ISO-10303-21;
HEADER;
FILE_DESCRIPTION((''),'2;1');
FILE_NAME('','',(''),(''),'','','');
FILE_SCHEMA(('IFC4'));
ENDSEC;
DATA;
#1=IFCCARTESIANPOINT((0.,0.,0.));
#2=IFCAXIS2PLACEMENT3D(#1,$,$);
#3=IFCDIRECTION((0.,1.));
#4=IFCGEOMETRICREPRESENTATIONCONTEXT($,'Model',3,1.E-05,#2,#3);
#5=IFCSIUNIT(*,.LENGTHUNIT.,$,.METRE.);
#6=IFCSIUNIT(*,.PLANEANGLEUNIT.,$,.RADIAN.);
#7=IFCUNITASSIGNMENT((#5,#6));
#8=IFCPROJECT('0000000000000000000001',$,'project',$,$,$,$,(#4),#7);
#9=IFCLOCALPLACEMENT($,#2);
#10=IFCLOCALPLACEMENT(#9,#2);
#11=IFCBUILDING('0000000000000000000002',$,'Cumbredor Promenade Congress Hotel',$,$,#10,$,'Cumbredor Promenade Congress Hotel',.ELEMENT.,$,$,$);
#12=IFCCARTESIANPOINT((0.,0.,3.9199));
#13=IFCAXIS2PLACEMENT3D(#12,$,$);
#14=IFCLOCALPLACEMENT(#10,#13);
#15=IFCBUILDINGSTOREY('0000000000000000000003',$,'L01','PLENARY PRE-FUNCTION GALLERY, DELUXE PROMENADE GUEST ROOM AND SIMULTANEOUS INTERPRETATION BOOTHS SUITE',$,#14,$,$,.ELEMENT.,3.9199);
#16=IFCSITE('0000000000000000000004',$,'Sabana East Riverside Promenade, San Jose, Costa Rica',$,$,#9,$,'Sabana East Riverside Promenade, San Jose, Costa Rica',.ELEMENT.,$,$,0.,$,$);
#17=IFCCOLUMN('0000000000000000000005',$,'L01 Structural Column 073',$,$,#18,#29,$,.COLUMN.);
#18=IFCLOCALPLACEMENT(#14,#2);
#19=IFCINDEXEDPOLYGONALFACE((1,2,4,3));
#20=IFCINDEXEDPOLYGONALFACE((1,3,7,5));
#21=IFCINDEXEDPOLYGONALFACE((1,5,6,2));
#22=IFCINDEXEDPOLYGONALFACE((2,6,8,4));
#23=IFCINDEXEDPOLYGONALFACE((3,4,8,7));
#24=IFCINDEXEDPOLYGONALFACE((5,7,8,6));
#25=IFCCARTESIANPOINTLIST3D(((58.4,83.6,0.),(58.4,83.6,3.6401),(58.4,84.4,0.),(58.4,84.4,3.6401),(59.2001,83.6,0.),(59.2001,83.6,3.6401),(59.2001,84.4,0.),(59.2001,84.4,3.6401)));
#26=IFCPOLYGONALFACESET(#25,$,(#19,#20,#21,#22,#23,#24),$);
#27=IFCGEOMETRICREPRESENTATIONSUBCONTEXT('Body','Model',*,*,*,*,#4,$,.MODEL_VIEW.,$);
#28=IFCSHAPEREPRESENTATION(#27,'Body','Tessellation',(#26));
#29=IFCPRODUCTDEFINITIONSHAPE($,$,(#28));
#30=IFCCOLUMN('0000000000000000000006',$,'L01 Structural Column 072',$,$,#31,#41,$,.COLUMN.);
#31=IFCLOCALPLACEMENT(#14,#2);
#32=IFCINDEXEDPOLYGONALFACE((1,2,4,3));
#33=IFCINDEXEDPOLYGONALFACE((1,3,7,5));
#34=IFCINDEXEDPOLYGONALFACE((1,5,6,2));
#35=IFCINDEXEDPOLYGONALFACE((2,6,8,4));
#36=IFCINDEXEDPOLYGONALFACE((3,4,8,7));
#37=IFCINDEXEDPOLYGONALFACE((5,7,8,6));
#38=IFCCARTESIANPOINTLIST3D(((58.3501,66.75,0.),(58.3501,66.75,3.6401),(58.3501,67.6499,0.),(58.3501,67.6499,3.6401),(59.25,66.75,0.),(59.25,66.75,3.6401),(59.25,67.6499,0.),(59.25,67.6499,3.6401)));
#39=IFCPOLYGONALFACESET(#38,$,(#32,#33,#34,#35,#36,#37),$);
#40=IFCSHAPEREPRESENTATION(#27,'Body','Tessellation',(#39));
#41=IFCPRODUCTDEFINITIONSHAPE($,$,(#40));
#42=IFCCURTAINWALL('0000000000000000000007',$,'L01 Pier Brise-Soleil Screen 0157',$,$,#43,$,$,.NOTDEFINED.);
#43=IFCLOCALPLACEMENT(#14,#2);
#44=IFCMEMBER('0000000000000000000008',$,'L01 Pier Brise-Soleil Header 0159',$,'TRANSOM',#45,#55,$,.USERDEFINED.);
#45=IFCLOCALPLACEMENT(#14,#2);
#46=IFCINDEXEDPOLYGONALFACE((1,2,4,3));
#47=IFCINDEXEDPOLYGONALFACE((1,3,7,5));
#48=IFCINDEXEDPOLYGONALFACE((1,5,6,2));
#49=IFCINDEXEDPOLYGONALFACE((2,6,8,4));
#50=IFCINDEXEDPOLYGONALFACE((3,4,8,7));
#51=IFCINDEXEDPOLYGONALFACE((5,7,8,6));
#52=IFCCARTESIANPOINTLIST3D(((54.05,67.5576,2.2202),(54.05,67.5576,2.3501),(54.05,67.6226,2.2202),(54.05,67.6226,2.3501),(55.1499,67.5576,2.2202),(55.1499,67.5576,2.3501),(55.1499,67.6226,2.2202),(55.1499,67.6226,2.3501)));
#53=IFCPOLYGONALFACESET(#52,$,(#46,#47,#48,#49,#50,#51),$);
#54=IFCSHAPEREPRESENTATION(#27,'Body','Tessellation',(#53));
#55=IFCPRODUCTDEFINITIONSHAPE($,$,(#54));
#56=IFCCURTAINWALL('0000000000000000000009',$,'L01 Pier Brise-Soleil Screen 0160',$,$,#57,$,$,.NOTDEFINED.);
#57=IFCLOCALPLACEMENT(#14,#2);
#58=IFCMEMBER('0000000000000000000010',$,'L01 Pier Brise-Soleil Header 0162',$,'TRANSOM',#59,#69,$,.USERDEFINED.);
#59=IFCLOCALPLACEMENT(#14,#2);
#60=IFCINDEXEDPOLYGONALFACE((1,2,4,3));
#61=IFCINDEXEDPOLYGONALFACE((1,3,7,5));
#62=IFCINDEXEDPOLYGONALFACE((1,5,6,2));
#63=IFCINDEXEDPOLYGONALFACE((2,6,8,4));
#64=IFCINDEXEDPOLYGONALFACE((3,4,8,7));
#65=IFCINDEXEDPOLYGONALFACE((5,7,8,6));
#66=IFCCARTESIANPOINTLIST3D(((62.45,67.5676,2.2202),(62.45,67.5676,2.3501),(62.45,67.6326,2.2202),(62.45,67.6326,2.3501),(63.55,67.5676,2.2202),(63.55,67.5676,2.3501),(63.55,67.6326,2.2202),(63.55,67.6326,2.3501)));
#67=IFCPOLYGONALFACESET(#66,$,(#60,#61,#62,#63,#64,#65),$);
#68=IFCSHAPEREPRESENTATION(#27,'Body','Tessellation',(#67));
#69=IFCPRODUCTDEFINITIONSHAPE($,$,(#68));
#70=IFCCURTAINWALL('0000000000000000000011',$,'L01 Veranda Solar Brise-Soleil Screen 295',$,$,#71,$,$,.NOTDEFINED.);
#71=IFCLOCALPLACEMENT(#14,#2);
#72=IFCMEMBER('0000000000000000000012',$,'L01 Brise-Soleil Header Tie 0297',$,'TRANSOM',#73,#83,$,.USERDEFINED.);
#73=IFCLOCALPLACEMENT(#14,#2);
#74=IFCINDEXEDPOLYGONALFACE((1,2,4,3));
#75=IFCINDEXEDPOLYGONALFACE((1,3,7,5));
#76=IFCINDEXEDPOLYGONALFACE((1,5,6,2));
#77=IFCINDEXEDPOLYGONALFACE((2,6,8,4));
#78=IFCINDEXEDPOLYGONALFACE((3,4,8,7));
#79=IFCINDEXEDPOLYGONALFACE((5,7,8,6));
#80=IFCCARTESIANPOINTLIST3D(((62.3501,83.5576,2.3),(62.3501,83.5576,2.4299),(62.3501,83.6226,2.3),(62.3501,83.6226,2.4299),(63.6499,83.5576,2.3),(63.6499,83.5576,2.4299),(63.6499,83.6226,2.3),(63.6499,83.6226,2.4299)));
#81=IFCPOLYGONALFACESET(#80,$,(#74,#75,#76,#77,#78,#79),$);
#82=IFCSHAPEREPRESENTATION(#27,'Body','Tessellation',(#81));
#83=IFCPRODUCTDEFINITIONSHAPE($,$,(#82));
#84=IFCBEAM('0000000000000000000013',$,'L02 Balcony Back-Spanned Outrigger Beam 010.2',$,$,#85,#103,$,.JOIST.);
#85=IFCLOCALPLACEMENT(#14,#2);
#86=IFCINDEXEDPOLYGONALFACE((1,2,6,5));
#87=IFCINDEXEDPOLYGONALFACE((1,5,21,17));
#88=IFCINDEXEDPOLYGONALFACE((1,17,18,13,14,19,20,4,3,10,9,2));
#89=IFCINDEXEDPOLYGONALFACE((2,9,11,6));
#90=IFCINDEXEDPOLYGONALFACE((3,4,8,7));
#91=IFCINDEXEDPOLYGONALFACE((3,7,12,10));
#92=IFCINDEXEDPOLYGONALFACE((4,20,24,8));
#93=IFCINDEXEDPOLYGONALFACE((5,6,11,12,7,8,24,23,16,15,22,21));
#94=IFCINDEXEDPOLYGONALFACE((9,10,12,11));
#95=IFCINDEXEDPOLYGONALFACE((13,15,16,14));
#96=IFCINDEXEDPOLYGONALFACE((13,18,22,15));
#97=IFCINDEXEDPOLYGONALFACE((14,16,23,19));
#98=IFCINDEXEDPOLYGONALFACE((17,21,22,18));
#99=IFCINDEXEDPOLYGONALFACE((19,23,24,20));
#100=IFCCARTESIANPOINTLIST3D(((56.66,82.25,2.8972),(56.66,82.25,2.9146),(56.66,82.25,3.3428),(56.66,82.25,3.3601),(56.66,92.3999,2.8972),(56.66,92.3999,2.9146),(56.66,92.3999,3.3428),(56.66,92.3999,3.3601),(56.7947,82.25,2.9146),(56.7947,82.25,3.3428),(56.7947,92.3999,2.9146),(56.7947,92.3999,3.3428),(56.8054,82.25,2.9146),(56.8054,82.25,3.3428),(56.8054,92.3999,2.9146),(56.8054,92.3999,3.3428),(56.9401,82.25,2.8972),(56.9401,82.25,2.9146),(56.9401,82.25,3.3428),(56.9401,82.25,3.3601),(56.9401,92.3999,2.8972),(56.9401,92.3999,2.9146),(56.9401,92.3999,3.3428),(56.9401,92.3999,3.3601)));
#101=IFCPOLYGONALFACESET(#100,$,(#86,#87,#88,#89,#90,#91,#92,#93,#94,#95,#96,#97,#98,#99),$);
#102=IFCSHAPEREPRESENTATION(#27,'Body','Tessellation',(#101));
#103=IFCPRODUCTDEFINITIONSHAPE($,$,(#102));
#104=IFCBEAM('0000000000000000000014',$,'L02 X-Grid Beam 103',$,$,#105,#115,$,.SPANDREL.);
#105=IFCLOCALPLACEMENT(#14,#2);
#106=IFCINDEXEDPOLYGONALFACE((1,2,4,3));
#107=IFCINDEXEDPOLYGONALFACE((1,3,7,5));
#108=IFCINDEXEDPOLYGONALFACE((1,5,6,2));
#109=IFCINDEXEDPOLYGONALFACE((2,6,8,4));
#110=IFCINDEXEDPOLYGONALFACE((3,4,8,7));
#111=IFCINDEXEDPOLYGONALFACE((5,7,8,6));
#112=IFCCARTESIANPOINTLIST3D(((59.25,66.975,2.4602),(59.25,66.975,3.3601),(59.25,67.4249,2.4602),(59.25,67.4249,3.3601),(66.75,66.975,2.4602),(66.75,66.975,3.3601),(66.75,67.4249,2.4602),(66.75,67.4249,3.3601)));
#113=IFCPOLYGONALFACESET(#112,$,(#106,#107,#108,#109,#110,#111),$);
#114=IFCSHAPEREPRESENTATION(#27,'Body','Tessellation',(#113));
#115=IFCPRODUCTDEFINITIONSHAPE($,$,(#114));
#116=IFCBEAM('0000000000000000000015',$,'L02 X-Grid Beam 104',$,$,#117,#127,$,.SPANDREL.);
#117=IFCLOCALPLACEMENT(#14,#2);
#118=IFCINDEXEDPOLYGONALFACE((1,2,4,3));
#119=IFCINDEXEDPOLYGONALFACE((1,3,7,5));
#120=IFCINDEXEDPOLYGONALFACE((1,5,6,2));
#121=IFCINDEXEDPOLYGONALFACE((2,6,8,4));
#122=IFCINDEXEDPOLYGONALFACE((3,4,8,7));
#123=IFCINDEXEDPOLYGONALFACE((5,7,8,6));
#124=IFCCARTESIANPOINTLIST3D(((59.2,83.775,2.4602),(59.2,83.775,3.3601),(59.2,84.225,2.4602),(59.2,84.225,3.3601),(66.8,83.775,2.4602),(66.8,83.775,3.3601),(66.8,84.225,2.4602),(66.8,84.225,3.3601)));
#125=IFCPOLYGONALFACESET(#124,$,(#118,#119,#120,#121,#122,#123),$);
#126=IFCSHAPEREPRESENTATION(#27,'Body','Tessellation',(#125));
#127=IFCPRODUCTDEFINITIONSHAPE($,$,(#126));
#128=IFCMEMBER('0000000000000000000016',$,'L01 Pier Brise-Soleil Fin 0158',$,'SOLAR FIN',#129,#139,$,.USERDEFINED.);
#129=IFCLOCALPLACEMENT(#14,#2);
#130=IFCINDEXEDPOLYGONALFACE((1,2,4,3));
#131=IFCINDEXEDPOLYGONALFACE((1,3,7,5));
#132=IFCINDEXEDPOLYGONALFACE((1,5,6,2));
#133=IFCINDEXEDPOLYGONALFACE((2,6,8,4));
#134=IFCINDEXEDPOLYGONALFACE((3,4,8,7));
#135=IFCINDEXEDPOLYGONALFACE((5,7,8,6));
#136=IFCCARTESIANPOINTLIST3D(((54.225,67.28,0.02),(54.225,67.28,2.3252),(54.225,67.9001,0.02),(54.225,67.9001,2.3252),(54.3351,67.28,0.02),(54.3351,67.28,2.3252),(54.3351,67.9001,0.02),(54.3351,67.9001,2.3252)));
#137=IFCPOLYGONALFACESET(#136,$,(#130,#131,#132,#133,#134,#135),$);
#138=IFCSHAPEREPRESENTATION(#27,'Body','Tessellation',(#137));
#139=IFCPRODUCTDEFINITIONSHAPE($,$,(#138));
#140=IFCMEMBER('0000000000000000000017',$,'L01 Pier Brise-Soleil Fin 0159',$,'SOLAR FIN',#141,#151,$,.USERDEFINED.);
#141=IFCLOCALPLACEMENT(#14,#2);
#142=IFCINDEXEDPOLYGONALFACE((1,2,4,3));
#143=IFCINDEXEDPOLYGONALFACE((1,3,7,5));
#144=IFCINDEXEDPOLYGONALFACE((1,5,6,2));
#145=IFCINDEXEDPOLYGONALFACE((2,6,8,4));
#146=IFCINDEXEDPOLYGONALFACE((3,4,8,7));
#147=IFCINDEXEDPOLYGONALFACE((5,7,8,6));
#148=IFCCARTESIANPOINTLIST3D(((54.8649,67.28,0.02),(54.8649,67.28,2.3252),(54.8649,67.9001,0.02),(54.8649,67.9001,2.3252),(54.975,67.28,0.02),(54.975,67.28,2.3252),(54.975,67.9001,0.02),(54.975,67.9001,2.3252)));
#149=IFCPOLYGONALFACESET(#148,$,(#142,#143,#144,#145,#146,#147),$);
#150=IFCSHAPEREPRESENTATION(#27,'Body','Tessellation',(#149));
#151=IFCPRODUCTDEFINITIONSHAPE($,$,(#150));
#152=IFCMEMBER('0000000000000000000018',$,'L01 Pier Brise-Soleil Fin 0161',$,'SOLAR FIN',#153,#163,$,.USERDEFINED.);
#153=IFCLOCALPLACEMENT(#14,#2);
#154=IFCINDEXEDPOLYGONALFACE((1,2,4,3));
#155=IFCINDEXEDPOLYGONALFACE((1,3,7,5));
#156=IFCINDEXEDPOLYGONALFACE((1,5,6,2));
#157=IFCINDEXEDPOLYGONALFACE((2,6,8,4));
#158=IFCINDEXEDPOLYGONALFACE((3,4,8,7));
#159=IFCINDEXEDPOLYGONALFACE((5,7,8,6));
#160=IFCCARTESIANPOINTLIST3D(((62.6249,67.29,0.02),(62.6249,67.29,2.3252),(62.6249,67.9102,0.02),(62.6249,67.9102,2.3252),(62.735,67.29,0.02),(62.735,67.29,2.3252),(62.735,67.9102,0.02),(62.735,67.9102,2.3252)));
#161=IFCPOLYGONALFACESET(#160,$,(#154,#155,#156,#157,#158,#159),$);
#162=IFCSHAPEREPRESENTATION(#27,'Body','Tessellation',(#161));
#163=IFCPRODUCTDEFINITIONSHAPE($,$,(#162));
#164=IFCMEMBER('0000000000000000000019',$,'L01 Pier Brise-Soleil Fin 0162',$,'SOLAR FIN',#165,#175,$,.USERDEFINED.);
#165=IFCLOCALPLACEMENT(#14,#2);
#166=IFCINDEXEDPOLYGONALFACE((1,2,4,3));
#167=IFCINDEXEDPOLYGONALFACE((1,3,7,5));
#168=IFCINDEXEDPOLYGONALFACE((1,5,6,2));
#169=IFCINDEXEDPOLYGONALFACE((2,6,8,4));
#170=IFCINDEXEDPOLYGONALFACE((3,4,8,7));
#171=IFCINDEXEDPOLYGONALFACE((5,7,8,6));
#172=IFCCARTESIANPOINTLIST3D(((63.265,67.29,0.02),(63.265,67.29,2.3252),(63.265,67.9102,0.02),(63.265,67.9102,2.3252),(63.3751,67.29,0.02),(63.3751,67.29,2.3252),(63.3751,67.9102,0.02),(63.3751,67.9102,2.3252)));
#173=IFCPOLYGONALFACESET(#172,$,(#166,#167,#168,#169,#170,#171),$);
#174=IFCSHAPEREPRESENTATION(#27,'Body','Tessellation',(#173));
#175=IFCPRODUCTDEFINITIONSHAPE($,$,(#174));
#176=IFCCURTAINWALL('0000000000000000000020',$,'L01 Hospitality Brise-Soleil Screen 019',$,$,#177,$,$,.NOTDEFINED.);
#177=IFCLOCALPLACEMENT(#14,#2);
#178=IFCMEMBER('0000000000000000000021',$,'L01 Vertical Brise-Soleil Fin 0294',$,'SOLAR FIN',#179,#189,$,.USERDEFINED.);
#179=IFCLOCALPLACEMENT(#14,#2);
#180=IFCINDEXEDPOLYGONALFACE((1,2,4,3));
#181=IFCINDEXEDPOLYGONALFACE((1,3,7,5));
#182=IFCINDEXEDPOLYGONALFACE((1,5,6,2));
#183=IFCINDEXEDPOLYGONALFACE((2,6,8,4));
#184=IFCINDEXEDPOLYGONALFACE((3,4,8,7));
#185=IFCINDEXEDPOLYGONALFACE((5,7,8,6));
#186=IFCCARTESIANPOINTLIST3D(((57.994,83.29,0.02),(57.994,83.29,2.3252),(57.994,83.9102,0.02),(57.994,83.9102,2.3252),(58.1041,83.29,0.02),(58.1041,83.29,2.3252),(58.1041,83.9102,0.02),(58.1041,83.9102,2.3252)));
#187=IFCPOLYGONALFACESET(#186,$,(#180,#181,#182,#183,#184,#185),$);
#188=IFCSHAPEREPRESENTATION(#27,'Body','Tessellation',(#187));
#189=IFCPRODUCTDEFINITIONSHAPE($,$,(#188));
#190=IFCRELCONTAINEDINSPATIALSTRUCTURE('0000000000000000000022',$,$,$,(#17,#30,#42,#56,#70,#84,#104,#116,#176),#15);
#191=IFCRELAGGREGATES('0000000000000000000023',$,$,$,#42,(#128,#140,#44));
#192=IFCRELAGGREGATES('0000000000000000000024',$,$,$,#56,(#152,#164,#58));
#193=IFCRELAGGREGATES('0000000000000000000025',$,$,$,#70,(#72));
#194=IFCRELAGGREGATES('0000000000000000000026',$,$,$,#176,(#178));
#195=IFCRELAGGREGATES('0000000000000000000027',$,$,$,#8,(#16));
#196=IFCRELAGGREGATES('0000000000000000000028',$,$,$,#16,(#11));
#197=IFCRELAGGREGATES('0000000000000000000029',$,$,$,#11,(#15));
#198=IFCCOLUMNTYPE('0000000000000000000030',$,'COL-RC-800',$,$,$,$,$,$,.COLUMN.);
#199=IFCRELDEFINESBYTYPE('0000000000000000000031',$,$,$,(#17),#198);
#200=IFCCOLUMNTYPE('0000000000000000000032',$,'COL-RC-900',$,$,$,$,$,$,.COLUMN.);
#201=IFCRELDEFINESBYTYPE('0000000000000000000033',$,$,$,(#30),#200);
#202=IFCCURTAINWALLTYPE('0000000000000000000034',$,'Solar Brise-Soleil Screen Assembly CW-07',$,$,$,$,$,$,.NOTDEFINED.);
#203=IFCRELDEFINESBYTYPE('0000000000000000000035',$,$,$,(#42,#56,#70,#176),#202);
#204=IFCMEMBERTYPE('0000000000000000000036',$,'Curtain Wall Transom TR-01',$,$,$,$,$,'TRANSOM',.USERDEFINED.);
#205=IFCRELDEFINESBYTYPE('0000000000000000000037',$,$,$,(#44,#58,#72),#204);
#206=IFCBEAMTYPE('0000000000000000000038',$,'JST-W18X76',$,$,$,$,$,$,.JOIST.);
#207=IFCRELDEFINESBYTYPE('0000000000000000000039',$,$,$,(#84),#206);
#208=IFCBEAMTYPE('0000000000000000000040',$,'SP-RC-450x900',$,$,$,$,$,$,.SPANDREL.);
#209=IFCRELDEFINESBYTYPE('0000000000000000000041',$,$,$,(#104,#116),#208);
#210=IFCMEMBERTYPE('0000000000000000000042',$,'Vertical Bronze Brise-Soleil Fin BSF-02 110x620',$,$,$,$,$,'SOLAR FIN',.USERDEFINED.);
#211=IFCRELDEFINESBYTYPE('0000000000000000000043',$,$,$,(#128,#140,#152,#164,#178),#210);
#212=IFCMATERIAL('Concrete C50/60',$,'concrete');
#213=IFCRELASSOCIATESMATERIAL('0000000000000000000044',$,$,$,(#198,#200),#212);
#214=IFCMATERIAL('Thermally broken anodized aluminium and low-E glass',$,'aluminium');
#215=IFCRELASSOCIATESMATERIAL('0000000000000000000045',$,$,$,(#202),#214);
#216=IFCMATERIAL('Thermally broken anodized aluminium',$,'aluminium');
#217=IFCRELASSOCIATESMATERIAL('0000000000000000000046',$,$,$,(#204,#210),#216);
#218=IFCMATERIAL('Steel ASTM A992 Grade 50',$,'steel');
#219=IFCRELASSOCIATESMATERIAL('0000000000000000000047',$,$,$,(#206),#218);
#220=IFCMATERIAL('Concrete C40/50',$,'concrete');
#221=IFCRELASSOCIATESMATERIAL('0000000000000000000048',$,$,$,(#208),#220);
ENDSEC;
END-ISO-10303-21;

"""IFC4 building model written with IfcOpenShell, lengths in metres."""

from ifc_helpers import new_model, si_unit, direction, frame, origin, origin_2d, place, context, subcontext, project, spatial, rectangle, i_section, extrude, material, material_profile, profile_set, type_object, element, aggregate, save


model = new_model("IFC4")

# Units and contexts
model_context = context("Model", 3, precision=1e-05, world=origin(), true_north=direction((0.0, 1.0)))
body_context = subcontext(model_context, "Body", "Model", "MODEL_VIEW")
ifc_project = project(units=[si_unit("LENGTHUNIT", "METRE"), si_unit("PLANEANGLEUNIT", "RADIAN")], contexts=[model_context])

# Site, building, storey
site_placement = place(None, origin())
site = spatial("IfcSite", under=ifc_project, at=site_placement, Name="Sabana East Riverside Promenade, San Jose, Costa Rica", LongName="Sabana East Riverside Promenade, San Jose, Costa Rica", CompositionType="ELEMENT", RefElevation=0.0)
building_placement = place(site_placement, origin())
building = spatial("IfcBuilding", under=site, at=building_placement, Name="Cumbredor Promenade Congress Hotel", LongName="Cumbredor Promenade Congress Hotel", CompositionType="ELEMENT")
storey_placement = place(building_placement, frame((0.0, 0.0, 3.9199)))
storey = spatial("IfcBuildingStorey", under=building, at=storey_placement, Name="L01", Description="PLENARY PRE-FUNCTION GALLERY, DELUXE PROMENADE GUEST ROOM AND SIMULTANEOUS INTERPRETATION BOOTHS SUITE", CompositionType="ELEMENT", Elevation=3.9199)

# Columns
ifc_material_1 = material(Name="Concrete C50/60", Category="concrete")
ifc_material_profile_1 = material_profile(ifc_material_1, rectangle(XDim=0.8, YDim=0.8, at=origin_2d()), Name="RC 800x800")
ifc_profile_set_1 = profile_set([ifc_material_profile_1], Name="Concrete C50/60")
column_type_1 = type_object("IfcColumnType", Name="COL-RC-800", PredefinedType="COLUMN", material=ifc_profile_set_1)
column_1_placement = place(storey_placement, frame((58.8, 84.0, 0.0), z_axis=(0.0, 0.0, 1.0), x_axis=(1.0, 0.0, 0.0)))
element("IfcColumn", 1, at=column_1_placement, inside=storey, type_object=column_type_1, Name="L01 Structural Column 073", PredefinedType="COLUMN", context=body_context, shape_type="SweptSolid", body=[
    extrude(rectangle(XDim=0.8, YDim=0.8, at=origin_2d()), origin(), (0.0, 0.0, 1.0), 3.6401),
])
ifc_material_profile_2 = material_profile(ifc_material_1, rectangle(XDim=0.8999, YDim=0.8999, at=origin_2d()), Name="RC 900x900")
ifc_profile_set_2 = profile_set([ifc_material_profile_2], Name="Concrete C50/60")
column_type_2 = type_object("IfcColumnType", Name="COL-RC-900", PredefinedType="COLUMN", material=ifc_profile_set_2)
column_2_placement = place(storey_placement, frame((58.8, 67.2, 0.0), z_axis=(0.0, 0.0, 1.0), x_axis=(1.0, 0.0, 0.0)))
element("IfcColumn", 2, at=column_2_placement, inside=storey, type_object=column_type_2, Name="L01 Structural Column 072", PredefinedType="COLUMN", context=body_context, shape_type="SweptSolid", body=[
    extrude(rectangle(XDim=0.8999, YDim=0.8999, at=origin_2d()), origin(), (0.0, 0.0, 1.0), 3.6401),
])

# Curtain walls, members
ifc_material_2 = material(Name="Thermally broken anodized aluminium and low-E glass", Category="aluminium")
curtain_wall_type = type_object("IfcCurtainWallType", Name="Solar Brise-Soleil Screen Assembly CW-07", PredefinedType="NOTDEFINED", material=ifc_material_2)
curtain_wall_1_placement = place(storey_placement, origin())
curtain_wall_1 = element("IfcCurtainWall", 3, at=curtain_wall_1_placement, inside=storey, type_object=curtain_wall_type, Name="L01 Pier Brise-Soleil Screen 0157", PredefinedType="NOTDEFINED")
ifc_material_3 = material(Name="Thermally broken anodized aluminium", Category="aluminium")
ifc_material_profile_3 = material_profile(ifc_material_3, rectangle(XDim=0.0649, YDim=0.1299, at=origin_2d()), Name="ALU TRANSOM 65x130")
ifc_profile_set_3 = profile_set([ifc_material_profile_3], Name="Thermally broken anodized aluminium")
member_type_1 = type_object("IfcMemberType", Name="Curtain Wall Transom TR-01", ElementType="TRANSOM", PredefinedType="USERDEFINED", material=ifc_profile_set_3)
member_1_placement = place(storey_placement, frame((54.05, 67.5901, 2.2852), z_axis=(1.0, 0.0, 0.0), x_axis=(0.0, 1.0, 0.0)))
member_1 = element("IfcMember", 4, at=member_1_placement, type_object=member_type_1, Name="L01 Pier Brise-Soleil Header 0159", ObjectType="TRANSOM", PredefinedType="USERDEFINED", context=body_context, shape_type="SweptSolid", body=[
    extrude(rectangle(XDim=0.0649, YDim=0.1299, at=origin_2d()), origin(), (0.0, 0.0, 1.0), 1.0999),
])
curtain_wall_2_placement = place(storey_placement, origin())
curtain_wall_2 = element("IfcCurtainWall", 5, at=curtain_wall_2_placement, inside=storey, type_object=curtain_wall_type, Name="L01 Pier Brise-Soleil Screen 0160", PredefinedType="NOTDEFINED")
member_2_placement = place(storey_placement, frame((62.45, 67.6001, 2.2852), z_axis=(1.0, 0.0, 0.0), x_axis=(0.0, 1.0, 0.0)))
member_2 = element("IfcMember", 6, at=member_2_placement, type_object=member_type_1, Name="L01 Pier Brise-Soleil Header 0162", ObjectType="TRANSOM", PredefinedType="USERDEFINED", context=body_context, shape_type="SweptSolid", body=[
    extrude(rectangle(XDim=0.0649, YDim=0.1299, at=origin_2d()), origin(), (0.0, 0.0, 1.0), 1.1001),
])
curtain_wall_3_placement = place(storey_placement, origin())
curtain_wall_3 = element("IfcCurtainWall", 7, at=curtain_wall_3_placement, inside=storey, type_object=curtain_wall_type, Name="L01 Veranda Solar Brise-Soleil Screen 295", PredefinedType="NOTDEFINED")
member_3_placement = place(storey_placement, frame((62.3501, 83.5901, 2.365), z_axis=(1.0, 0.0, 0.0), x_axis=(0.0, 1.0, 0.0)))
member_3 = element("IfcMember", 8, at=member_3_placement, type_object=member_type_1, Name="L01 Brise-Soleil Header Tie 0297", ObjectType="TRANSOM", PredefinedType="USERDEFINED", context=body_context, shape_type="SweptSolid", body=[
    extrude(rectangle(XDim=0.0649, YDim=0.1299, at=origin_2d()), origin(), (0.0, 0.0, 1.0), 1.2998),
])

# Beams
ifc_material_4 = material(Name="Steel ASTM A992 Grade 50", Category="steel")
ifc_material_profile_4 = material_profile(ifc_material_4, i_section(OverallWidth=0.28, OverallDepth=0.4629, WebThickness=0.0107, FlangeThickness=0.0173, at=origin_2d()), Name="W18X76")
ifc_profile_set_4 = profile_set([ifc_material_profile_4], Name="Steel ASTM A992 Grade 50")
beam_type_1 = type_object("IfcBeamType", Name="JST-W18X76", PredefinedType="JOIST", material=ifc_profile_set_4)
beam_1_placement = place(storey_placement, frame((56.8, 82.25, 3.1287), z_axis=(0.0, 1.0, 0.0), x_axis=(-1.0, 0.0, 0.0)))
element("IfcBeam", 9, at=beam_1_placement, inside=storey, type_object=beam_type_1, Name="L02 Balcony Back-Spanned Outrigger Beam 010.2", PredefinedType="JOIST", context=body_context, shape_type="SweptSolid", body=[
    extrude(i_section(OverallWidth=0.28, OverallDepth=0.4629, WebThickness=0.0107, FlangeThickness=0.0173, at=origin_2d()), origin(), (0.0, 0.0, 1.0), 10.1499),
])
ifc_material_5 = material(Name="Concrete C40/50", Category="concrete")
ifc_material_profile_5 = material_profile(ifc_material_5, rectangle(XDim=0.45, YDim=0.8999, at=origin_2d()), Name="RC SPANDREL 450x900")
ifc_profile_set_5 = profile_set([ifc_material_profile_5], Name="Concrete C40/50")
beam_type_2 = type_object("IfcBeamType", Name="SP-RC-450x900", PredefinedType="SPANDREL", material=ifc_profile_set_5)
beam_2_placement = place(storey_placement, frame((59.25, 67.2, 2.9102), z_axis=(1.0, 0.0, 0.0), x_axis=(0.0, 1.0, 0.0)))
element("IfcBeam", 10, at=beam_2_placement, inside=storey, type_object=beam_type_2, Name="L02 X-Grid Beam 103", PredefinedType="SPANDREL", context=body_context, shape_type="SweptSolid", body=[
    extrude(rectangle(XDim=0.45, YDim=0.8999, at=origin_2d()), origin(), (0.0, 0.0, 1.0), 7.5),
])
beam_3_placement = place(storey_placement, frame((59.2, 84.0, 2.9102), z_axis=(1.0, 0.0, 0.0), x_axis=(0.0, 1.0, 0.0)))
element("IfcBeam", 11, at=beam_3_placement, inside=storey, type_object=beam_type_2, Name="L02 X-Grid Beam 104", PredefinedType="SPANDREL", context=body_context, shape_type="SweptSolid", body=[
    extrude(rectangle(XDim=0.45, YDim=0.8999, at=origin_2d()), origin(), (0.0, 0.0, 1.0), 7.6001),
])

# Members
ifc_material_profile_6 = material_profile(ifc_material_3, rectangle(XDim=0.1101, YDim=0.6201, at=origin_2d()), Name="ARCH FIN 110x620")
ifc_profile_set_6 = profile_set([ifc_material_profile_6], Name="Thermally broken anodized aluminium")
member_type_2 = type_object("IfcMemberType", Name="Vertical Bronze Brise-Soleil Fin BSF-02 110x620", ElementType="SOLAR FIN", PredefinedType="USERDEFINED", material=ifc_profile_set_6)
member_4_placement = place(storey_placement, frame((54.28, 67.5901, 0.02), z_axis=(0.0, 0.0, 1.0), x_axis=(1.0, 0.0, 0.0)))
member_4 = element("IfcMember", 12, at=member_4_placement, type_object=member_type_2, Name="L01 Pier Brise-Soleil Fin 0158", ObjectType="SOLAR FIN", PredefinedType="USERDEFINED", context=body_context, shape_type="SweptSolid", body=[
    extrude(rectangle(XDim=0.1101, YDim=0.6201, at=origin_2d()), origin(), (0.0, 0.0, 1.0), 2.3052),
])
member_5_placement = place(storey_placement, frame((54.9199, 67.5901, 0.02), z_axis=(0.0, 0.0, 1.0), x_axis=(1.0, 0.0, 0.0)))
member_5 = element("IfcMember", 13, at=member_5_placement, type_object=member_type_2, Name="L01 Pier Brise-Soleil Fin 0159", ObjectType="SOLAR FIN", PredefinedType="USERDEFINED", context=body_context, shape_type="SweptSolid", body=[
    extrude(rectangle(XDim=0.1101, YDim=0.6201, at=origin_2d()), origin(), (0.0, 0.0, 1.0), 2.3052),
])
aggregate(curtain_wall_1, [member_4, member_5, member_1])
member_6_placement = place(storey_placement, frame((62.6799, 67.6001, 0.02), z_axis=(0.0, 0.0, 1.0), x_axis=(1.0, 0.0, 0.0)))
member_6 = element("IfcMember", 14, at=member_6_placement, type_object=member_type_2, Name="L01 Pier Brise-Soleil Fin 0161", ObjectType="SOLAR FIN", PredefinedType="USERDEFINED", context=body_context, shape_type="SweptSolid", body=[
    extrude(rectangle(XDim=0.1101, YDim=0.6201, at=origin_2d()), origin(), (0.0, 0.0, 1.0), 2.3052),
])
member_7_placement = place(storey_placement, frame((63.3201, 67.6001, 0.02), z_axis=(0.0, 0.0, 1.0), x_axis=(1.0, 0.0, 0.0)))
member_7 = element("IfcMember", 15, at=member_7_placement, type_object=member_type_2, Name="L01 Pier Brise-Soleil Fin 0162", ObjectType="SOLAR FIN", PredefinedType="USERDEFINED", context=body_context, shape_type="SweptSolid", body=[
    extrude(rectangle(XDim=0.1101, YDim=0.6201, at=origin_2d()), origin(), (0.0, 0.0, 1.0), 2.3052),
])
aggregate(curtain_wall_2, [member_6, member_7, member_2])

# Curtain wall, member
curtain_wall_4_placement = place(storey_placement, origin())
curtain_wall_4 = element("IfcCurtainWall", 16, at=curtain_wall_4_placement, inside=storey, type_object=curtain_wall_type, Name="L01 Hospitality Brise-Soleil Screen 019", PredefinedType="NOTDEFINED")
member_8_placement = place(storey_placement, frame((58.0491, 83.6001, 0.02), z_axis=(0.0, 0.0, 1.0), x_axis=(1.0, 0.0, 0.0)))
member_8 = element("IfcMember", 17, at=member_8_placement, type_object=member_type_2, Name="L01 Vertical Brise-Soleil Fin 0294", ObjectType="SOLAR FIN", PredefinedType="USERDEFINED", context=body_context, shape_type="SweptSolid", body=[
    extrude(rectangle(XDim=0.1101, YDim=0.6201, at=origin_2d()), origin(), (0.0, 0.0, 1.0), 2.3052),
])

aggregate(curtain_wall_3, [member_3])

aggregate(curtain_wall_4, [member_8])

save(model, "model.ifc")
